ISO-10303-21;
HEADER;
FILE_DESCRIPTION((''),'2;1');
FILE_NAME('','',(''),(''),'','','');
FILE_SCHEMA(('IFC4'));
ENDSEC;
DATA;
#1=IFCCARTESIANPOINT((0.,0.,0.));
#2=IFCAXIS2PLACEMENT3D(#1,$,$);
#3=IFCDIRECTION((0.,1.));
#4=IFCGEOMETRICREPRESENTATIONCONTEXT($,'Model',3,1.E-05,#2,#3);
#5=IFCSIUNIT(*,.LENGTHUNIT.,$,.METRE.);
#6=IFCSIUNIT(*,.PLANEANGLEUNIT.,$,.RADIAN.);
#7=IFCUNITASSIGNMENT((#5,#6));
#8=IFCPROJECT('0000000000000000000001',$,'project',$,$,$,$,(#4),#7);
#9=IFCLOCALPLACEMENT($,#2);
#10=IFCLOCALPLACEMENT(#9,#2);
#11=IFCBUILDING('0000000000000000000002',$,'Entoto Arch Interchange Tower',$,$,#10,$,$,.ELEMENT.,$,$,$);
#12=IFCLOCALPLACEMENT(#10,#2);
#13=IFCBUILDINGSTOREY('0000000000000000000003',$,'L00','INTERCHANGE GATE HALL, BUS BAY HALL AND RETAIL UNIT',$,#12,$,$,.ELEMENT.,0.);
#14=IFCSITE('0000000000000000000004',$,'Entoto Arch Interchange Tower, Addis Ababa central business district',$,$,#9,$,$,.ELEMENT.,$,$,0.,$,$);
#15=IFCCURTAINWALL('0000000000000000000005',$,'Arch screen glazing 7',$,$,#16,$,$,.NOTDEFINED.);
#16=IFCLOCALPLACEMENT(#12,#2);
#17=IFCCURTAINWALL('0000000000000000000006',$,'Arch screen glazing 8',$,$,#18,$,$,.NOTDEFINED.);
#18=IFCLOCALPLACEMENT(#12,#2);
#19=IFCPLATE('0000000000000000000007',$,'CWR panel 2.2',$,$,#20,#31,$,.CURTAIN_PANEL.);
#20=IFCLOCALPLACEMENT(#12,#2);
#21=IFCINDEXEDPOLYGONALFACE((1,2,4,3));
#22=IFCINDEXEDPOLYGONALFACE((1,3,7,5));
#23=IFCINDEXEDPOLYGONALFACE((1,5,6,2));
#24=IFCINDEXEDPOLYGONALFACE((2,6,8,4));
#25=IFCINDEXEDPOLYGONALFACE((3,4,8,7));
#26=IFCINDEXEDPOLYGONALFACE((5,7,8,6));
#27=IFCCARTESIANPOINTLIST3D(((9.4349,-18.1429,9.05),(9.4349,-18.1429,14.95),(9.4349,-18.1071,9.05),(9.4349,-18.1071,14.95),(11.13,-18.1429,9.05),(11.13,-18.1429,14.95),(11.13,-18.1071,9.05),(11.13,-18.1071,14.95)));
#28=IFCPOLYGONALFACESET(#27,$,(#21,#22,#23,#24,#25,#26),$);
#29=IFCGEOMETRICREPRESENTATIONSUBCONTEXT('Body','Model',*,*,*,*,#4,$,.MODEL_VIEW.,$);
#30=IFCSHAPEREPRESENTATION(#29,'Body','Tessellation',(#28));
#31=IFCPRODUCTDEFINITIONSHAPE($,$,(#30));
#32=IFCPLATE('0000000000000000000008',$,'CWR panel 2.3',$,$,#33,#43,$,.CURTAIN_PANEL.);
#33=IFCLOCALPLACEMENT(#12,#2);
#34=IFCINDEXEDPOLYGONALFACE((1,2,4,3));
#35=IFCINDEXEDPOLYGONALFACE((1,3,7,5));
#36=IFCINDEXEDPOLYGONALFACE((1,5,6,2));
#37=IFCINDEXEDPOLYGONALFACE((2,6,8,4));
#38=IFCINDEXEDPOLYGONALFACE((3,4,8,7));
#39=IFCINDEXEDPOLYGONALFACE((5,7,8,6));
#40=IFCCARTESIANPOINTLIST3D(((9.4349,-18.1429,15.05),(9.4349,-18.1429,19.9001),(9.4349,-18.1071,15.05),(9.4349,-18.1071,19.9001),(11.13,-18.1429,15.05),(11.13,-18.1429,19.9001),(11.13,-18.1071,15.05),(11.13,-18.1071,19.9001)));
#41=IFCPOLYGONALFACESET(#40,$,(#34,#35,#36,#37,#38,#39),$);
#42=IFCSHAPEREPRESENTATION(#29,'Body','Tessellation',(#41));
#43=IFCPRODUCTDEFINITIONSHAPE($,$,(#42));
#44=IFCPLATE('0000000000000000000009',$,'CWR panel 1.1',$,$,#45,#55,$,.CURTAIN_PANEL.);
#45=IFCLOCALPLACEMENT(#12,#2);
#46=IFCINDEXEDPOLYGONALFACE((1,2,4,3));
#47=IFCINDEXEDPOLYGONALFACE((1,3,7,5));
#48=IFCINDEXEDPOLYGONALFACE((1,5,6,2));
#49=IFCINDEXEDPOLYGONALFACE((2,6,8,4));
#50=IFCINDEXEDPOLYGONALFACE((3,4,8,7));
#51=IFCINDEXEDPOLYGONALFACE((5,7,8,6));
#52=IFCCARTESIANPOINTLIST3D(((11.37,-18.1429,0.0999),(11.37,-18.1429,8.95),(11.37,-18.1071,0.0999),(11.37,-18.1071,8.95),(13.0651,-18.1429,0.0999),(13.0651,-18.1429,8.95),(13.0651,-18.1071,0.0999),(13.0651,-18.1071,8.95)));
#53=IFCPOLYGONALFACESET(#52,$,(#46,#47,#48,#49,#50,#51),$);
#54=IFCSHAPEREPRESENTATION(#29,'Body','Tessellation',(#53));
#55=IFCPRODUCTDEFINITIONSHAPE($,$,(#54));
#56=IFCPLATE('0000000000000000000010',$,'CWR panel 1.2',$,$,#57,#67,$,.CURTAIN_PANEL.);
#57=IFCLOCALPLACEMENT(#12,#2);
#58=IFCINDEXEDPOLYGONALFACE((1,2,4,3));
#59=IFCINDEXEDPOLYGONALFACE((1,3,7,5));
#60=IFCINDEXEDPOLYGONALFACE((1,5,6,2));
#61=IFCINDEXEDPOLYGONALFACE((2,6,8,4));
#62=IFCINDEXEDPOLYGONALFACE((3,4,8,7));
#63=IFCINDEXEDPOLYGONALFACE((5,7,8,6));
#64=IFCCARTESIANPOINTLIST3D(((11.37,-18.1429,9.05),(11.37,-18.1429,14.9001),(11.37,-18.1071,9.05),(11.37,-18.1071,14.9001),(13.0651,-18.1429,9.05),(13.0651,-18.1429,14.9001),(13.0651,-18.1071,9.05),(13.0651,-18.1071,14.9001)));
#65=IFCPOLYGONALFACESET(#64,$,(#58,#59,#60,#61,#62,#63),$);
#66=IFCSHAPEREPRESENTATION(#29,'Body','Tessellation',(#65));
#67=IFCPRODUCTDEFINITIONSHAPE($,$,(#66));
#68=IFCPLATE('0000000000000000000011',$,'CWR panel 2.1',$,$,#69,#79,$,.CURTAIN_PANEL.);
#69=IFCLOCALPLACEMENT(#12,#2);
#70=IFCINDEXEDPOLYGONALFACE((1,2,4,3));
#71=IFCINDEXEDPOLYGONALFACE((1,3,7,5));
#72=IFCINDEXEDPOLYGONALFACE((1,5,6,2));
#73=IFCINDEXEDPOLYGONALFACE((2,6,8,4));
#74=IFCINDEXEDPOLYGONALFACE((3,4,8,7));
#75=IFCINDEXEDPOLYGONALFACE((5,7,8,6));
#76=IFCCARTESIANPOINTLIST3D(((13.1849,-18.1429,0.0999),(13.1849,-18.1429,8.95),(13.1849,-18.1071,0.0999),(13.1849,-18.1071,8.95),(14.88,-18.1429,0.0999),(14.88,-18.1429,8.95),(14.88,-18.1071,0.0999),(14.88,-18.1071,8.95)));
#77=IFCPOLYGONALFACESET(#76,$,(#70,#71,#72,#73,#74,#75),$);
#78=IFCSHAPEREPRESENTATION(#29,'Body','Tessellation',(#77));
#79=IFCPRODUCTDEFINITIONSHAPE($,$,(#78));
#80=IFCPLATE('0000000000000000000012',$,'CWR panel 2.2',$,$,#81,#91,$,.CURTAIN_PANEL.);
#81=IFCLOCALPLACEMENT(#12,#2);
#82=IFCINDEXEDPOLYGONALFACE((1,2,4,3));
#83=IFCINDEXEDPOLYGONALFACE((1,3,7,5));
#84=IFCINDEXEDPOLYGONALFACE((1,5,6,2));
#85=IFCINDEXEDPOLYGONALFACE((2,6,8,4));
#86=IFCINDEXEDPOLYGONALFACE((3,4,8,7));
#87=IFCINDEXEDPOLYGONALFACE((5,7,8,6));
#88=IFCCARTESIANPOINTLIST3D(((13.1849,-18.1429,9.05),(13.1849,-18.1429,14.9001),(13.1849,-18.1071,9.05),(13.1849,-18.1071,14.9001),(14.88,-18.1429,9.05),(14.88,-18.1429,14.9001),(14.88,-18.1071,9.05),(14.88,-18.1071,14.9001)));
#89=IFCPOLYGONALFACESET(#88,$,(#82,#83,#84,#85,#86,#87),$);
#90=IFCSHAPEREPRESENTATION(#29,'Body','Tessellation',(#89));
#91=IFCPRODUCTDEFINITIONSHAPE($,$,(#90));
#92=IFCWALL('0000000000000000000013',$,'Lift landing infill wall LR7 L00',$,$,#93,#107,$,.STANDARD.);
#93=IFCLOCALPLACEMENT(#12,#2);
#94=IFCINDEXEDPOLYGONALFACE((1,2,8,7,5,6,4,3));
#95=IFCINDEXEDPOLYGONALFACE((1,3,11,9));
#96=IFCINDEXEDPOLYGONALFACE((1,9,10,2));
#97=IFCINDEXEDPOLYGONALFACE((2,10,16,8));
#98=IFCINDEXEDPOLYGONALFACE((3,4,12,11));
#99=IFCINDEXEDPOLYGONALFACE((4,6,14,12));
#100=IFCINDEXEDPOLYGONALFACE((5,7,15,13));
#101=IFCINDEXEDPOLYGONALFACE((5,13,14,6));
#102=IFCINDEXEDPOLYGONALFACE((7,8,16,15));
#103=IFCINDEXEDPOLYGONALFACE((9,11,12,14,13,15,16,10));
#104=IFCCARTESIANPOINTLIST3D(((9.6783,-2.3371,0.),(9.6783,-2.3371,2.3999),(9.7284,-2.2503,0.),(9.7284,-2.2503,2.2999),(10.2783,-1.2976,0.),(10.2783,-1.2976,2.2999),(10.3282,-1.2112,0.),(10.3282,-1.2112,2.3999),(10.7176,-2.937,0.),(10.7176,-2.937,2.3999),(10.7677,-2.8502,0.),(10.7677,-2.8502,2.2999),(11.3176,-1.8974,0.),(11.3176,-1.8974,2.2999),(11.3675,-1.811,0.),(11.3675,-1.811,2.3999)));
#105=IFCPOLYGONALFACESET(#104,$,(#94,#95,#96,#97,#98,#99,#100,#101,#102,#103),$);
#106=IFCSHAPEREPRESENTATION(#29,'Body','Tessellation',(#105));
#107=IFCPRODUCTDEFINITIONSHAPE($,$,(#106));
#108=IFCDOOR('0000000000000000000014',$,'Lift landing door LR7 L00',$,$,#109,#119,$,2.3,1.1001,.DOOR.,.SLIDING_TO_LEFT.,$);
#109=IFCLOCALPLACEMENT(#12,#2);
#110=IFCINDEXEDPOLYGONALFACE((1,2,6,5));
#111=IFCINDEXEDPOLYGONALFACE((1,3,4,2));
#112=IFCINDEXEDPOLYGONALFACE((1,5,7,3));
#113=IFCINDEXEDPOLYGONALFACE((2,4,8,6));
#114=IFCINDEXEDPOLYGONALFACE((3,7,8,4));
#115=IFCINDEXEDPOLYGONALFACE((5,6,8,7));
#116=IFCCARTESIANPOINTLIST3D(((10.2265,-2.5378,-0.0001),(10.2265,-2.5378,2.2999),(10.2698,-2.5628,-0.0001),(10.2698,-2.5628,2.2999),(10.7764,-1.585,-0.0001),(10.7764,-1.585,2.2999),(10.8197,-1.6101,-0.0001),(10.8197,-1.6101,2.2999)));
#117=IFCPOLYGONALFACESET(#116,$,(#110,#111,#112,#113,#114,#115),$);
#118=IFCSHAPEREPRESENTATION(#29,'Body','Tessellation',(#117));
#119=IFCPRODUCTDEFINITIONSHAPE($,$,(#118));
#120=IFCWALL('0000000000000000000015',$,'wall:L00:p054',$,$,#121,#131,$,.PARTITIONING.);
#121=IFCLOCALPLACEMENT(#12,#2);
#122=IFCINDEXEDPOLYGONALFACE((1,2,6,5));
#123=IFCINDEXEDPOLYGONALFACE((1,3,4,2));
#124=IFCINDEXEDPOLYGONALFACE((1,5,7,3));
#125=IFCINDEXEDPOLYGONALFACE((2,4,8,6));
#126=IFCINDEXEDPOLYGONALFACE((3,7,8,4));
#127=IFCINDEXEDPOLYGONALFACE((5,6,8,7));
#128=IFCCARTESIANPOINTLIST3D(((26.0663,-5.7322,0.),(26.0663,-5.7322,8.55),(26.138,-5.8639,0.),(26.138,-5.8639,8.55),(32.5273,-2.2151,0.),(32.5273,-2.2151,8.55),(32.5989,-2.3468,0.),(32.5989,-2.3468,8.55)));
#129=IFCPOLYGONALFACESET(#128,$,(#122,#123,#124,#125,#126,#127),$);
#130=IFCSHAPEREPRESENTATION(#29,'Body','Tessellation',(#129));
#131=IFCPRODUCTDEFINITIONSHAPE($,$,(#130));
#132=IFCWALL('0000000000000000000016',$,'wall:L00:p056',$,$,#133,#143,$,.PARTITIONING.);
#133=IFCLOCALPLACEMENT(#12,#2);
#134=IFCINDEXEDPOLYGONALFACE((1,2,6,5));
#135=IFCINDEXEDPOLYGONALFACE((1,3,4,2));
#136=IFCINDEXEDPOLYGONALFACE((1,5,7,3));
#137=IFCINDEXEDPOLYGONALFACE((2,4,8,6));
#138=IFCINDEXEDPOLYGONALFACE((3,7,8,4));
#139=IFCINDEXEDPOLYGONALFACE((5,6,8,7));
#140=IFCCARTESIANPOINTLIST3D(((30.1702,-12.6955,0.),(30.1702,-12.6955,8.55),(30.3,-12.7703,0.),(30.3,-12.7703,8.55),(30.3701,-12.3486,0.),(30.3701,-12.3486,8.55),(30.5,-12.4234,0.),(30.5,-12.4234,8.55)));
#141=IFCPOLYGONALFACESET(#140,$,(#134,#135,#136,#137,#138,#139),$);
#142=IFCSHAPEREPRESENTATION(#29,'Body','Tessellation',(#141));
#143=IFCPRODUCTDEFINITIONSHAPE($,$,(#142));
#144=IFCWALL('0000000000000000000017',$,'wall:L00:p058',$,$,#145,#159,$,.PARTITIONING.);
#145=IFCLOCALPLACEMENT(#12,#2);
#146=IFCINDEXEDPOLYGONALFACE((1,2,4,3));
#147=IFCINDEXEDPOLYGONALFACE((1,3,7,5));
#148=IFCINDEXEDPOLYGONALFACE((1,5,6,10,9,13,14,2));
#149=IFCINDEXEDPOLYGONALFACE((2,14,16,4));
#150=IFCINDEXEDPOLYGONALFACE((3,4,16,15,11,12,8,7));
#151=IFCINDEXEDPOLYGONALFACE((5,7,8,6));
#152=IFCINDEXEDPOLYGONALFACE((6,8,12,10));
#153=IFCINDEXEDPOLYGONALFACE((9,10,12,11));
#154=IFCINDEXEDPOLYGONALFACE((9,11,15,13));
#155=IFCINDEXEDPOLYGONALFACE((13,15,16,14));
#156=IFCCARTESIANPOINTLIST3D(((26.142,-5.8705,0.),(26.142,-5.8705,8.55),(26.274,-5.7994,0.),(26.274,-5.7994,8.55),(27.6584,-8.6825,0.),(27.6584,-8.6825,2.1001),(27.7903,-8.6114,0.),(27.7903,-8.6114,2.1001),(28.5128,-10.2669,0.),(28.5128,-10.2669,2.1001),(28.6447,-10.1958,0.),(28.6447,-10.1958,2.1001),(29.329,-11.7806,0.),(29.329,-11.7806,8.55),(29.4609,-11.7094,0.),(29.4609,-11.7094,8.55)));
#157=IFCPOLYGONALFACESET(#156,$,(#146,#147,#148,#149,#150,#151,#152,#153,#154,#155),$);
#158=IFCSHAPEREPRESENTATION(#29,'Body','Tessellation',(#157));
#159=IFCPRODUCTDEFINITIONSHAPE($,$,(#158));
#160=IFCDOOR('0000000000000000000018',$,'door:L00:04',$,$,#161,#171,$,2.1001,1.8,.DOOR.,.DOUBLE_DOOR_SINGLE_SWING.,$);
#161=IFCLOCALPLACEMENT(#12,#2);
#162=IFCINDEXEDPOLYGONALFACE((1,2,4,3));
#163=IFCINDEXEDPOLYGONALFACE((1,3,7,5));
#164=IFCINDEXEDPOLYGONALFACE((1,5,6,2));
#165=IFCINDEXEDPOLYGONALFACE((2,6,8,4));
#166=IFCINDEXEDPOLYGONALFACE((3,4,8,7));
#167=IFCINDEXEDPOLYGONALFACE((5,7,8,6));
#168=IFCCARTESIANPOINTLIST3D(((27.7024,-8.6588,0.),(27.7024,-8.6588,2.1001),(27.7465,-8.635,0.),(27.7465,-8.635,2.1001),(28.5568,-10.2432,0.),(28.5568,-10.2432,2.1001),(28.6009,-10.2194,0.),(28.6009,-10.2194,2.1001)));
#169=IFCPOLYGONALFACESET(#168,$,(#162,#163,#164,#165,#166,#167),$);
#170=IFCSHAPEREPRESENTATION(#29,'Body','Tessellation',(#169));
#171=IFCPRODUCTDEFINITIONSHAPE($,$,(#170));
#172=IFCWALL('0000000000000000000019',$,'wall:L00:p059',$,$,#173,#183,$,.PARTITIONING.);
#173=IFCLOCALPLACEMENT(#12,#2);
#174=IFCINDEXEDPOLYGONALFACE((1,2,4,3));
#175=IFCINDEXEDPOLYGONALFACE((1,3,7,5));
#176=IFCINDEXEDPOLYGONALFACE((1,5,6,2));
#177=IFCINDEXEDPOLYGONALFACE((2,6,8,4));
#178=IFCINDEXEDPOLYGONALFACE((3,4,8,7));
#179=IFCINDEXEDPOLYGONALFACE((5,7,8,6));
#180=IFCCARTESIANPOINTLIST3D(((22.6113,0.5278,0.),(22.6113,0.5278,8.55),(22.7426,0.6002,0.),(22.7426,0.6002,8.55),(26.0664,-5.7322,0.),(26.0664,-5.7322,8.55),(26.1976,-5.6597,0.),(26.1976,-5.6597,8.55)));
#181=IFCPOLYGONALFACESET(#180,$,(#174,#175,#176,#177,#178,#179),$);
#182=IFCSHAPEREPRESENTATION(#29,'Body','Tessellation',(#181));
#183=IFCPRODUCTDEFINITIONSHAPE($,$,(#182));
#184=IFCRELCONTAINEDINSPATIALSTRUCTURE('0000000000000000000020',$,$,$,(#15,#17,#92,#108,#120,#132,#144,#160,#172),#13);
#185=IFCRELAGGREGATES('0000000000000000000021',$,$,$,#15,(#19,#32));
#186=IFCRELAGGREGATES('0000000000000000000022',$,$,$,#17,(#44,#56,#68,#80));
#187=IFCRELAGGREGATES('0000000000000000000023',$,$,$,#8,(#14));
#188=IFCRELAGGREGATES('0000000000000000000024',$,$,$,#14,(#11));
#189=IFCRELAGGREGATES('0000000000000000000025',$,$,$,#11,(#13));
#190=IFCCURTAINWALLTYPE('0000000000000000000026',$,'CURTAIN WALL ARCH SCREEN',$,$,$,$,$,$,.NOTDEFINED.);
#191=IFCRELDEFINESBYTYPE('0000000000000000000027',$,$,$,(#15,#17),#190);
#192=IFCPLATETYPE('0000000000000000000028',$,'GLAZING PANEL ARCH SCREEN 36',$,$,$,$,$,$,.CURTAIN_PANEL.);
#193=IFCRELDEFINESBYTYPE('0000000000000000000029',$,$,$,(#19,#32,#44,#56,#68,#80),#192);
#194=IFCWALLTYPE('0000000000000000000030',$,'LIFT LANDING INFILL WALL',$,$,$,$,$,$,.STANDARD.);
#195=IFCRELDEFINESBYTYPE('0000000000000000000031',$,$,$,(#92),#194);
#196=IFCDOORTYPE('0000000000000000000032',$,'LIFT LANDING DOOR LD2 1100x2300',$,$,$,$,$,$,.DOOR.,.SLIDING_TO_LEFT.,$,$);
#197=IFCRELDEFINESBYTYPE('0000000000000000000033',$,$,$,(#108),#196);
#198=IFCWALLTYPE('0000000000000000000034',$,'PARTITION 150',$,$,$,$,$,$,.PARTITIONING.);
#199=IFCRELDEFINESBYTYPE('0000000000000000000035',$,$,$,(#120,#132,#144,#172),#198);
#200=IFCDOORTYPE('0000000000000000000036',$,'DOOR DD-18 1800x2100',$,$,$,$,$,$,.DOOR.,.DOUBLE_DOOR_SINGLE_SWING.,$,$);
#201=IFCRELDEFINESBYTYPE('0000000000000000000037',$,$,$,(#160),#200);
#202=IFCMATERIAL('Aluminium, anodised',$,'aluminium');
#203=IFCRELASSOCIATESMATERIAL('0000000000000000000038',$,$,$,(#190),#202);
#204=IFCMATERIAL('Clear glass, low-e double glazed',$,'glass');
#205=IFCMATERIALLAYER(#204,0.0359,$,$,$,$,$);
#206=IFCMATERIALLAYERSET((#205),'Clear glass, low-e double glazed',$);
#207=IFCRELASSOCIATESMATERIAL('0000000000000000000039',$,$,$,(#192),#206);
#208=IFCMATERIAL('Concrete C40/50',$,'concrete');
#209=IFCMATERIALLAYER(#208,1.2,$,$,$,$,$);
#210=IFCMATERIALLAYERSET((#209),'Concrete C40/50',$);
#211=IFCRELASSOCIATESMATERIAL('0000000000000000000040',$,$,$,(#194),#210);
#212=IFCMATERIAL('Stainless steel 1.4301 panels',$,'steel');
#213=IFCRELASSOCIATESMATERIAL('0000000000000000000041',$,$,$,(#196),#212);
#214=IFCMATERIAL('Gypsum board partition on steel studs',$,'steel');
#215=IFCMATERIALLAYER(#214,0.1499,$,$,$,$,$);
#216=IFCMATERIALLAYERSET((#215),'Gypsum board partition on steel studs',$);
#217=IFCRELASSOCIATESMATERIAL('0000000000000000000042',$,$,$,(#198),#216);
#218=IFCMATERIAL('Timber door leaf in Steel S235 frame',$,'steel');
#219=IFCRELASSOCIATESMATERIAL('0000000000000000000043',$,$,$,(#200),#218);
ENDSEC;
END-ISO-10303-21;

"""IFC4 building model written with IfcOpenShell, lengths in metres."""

from ifc_helpers import new_model, si_unit, direction, frame, frame_2d, origin, origin_2d, place, context, subcontext, project, spatial, rectangle, extrude, material, layer, layer_set, type_object, element, fill, aggregate, save


model = new_model("IFC4")

# Units and contexts
model_context = context("Model", 3, precision=1e-05, world=origin(), true_north=direction((0.0, 1.0)))
body_context = subcontext(model_context, "Body", "Model", "MODEL_VIEW")
ifc_project = project(units=[si_unit("LENGTHUNIT", "METRE"), si_unit("PLANEANGLEUNIT", "RADIAN")], contexts=[model_context])

# Site, building, storey
site_placement = place(None, origin())
site = spatial("IfcSite", under=ifc_project, at=site_placement, Name="Entoto Arch Interchange Tower, Addis Ababa central business district", CompositionType="ELEMENT", RefElevation=0.0)
building_placement = place(site_placement, origin())
building = spatial("IfcBuilding", under=site, at=building_placement, Name="Entoto Arch Interchange Tower", CompositionType="ELEMENT")
storey_placement = place(building_placement, origin())
storey = spatial("IfcBuildingStorey", under=building, at=storey_placement, Name="L00", Description="INTERCHANGE GATE HALL, BUS BAY HALL AND RETAIL UNIT", CompositionType="ELEMENT", Elevation=0.0)

# Curtain wall
ifc_material_1 = material(Name="Aluminium, anodised", Category="aluminium")
curtain_wall_type = type_object("IfcCurtainWallType", Name="CURTAIN WALL ARCH SCREEN", PredefinedType="NOTDEFINED", material=ifc_material_1)
curtain_wall_1_placement = place(storey_placement, origin())
curtain_wall_1 = element("IfcCurtainWall", 1, at=curtain_wall_1_placement, inside=storey, type_object=curtain_wall_type, Name="Arch screen glazing 7", PredefinedType="NOTDEFINED")

# Curtain wall
curtain_wall_2_placement = place(storey_placement, origin())
curtain_wall_2 = element("IfcCurtainWall", 2, at=curtain_wall_2_placement, inside=storey, type_object=curtain_wall_type, Name="Arch screen glazing 8", PredefinedType="NOTDEFINED")

# Plates
ifc_material_2 = material(Name="Clear glass, low-e double glazed", Category="glass")
ifc_layer_1 = layer(ifc_material_2, 0.0359)
ifc_layer_set_1 = layer_set([ifc_layer_1], Name="Clear glass, low-e double glazed")
plate_type = type_object("IfcPlateType", Name="GLAZING PANEL ARCH SCREEN 36", PredefinedType="CURTAIN_PANEL", material=ifc_layer_set_1)
plate_1_placement = place(storey_placement, frame((10.2825, -18.125, 9.05), z_axis=(0.0, 0.0, 1.0), x_axis=(1.0, 0.0, 0.0)))
plate_1 = element("IfcPlate", 3, at=plate_1_placement, type_object=plate_type, Name="CWR panel 2.2", PredefinedType="CURTAIN_PANEL", context=body_context, shape_type="SweptSolid", body=[
    extrude(rectangle(XDim=1.6951, YDim=0.0359, at=origin_2d()), origin(), (0.0, 0.0, 1.0), 5.8999),
])
plate_2_placement = place(storey_placement, frame((10.2825, -18.125, 15.05), z_axis=(0.0, 0.0, 1.0), x_axis=(1.0, 0.0, 0.0)))
plate_2 = element("IfcPlate", 4, at=plate_2_placement, type_object=plate_type, Name="CWR panel 2.3", PredefinedType="CURTAIN_PANEL", context=body_context, shape_type="SweptSolid", body=[
    extrude(rectangle(XDim=1.6951, YDim=0.0359, at=origin_2d()), origin(), (0.0, 0.0, 1.0), 4.8501),
])
aggregate(curtain_wall_1, [plate_1, plate_2])
plate_3_placement = place(storey_placement, frame((12.2175, -18.125, 0.0999), z_axis=(0.0, 0.0, 1.0), x_axis=(1.0, 0.0, 0.0)))
plate_3 = element("IfcPlate", 5, at=plate_3_placement, type_object=plate_type, Name="CWR panel 1.1", PredefinedType="CURTAIN_PANEL", context=body_context, shape_type="SweptSolid", body=[
    extrude(rectangle(XDim=1.6951, YDim=0.0359, at=origin_2d()), origin(), (0.0, 0.0, 1.0), 8.8501),
])
plate_4_placement = place(storey_placement, frame((12.2175, -18.125, 9.05), z_axis=(0.0, 0.0, 1.0), x_axis=(1.0, 0.0, 0.0)))
plate_4 = element("IfcPlate", 6, at=plate_4_placement, type_object=plate_type, Name="CWR panel 1.2", PredefinedType="CURTAIN_PANEL", context=body_context, shape_type="SweptSolid", body=[
    extrude(rectangle(XDim=1.6951, YDim=0.0359, at=origin_2d()), origin(), (0.0, 0.0, 1.0), 5.8501),
])
plate_5_placement = place(storey_placement, frame((14.0325, -18.125, 0.0999), z_axis=(0.0, 0.0, 1.0), x_axis=(1.0, 0.0, 0.0)))
plate_5 = element("IfcPlate", 7, at=plate_5_placement, type_object=plate_type, Name="CWR panel 2.1", PredefinedType="CURTAIN_PANEL", context=body_context, shape_type="SweptSolid", body=[
    extrude(rectangle(XDim=1.6951, YDim=0.0359, at=origin_2d()), origin(), (0.0, 0.0, 1.0), 8.8501),
])
plate_6_placement = place(storey_placement, frame((14.0325, -18.125, 9.05), z_axis=(0.0, 0.0, 1.0), x_axis=(1.0, 0.0, 0.0)))
plate_6 = element("IfcPlate", 8, at=plate_6_placement, type_object=plate_type, Name="CWR panel 2.2", PredefinedType="CURTAIN_PANEL", context=body_context, shape_type="SweptSolid", body=[
    extrude(rectangle(XDim=1.6951, YDim=0.0359, at=origin_2d()), origin(), (0.0, 0.0, 1.0), 5.8501),
])
aggregate(curtain_wall_2, [plate_3, plate_4, plate_5, plate_6])

# Wall, opening, door
ifc_material_3 = material(Name="Concrete C40/50", Category="concrete")
ifc_layer_2 = layer(ifc_material_3, 1.2)
ifc_layer_set_2 = layer_set([ifc_layer_2], Name="Concrete C40/50")
wall_type_1 = type_object("IfcWallType", Name="LIFT LANDING INFILL WALL", PredefinedType="STANDARD", material=ifc_layer_set_2)
wall_1_placement = place(storey_placement, frame((10.198, -2.637, 0.0), z_axis=(0.0, 0.0, 1.0), x_axis=(0.499896, 0.866086, 0.0)))
wall_1 = element("IfcWall", 9, at=wall_1_placement, inside=storey, type_object=wall_type_1, Name="Lift landing infill wall LR7 L00", PredefinedType="STANDARD", context=body_context, shape_type="SweptSolid", body=[
    extrude(rectangle(XDim=1.3, YDim=1.2, at=frame_2d((0.6499, 0.0))), origin(), (0.0, 0.0, 1.0), 2.3999),
])
opening_1_placement = place(wall_1_placement, frame((0.1001, 0.0, 0.0)))
opening_1 = element("IfcOpeningElement", 10, at=opening_1_placement, cuts=wall_1, PredefinedType="OPENING", context=body_context, shape_type="SweptSolid", body=[
    extrude(rectangle(XDim=1.1001, YDim=2.3, at=frame_2d((0.55, 1.1499))), frame((0.0, 0.6099, 0.0), z_axis=(0.0, -1.0, 0.0), x_axis=(1.0, 0.0, 0.0)), (0.0, 0.0, 1.0), 1.22),
])
ifc_material_4 = material(Name="Stainless steel 1.4301 panels", Category="steel")
door_type_1 = type_object("IfcDoorType", Name="LIFT LANDING DOOR LD2 1100x2300", OperationType="SLIDING_TO_LEFT", PredefinedType="DOOR", material=ifc_material_4)
door_1_placement = place(opening_1_placement, origin())
door_1 = element("IfcDoor", 11, at=door_1_placement, inside=storey, type_object=door_type_1, Name="Lift landing door LR7 L00", OperationType="SLIDING_TO_LEFT", OverallHeight=2.3, OverallWidth=1.1001, PredefinedType="DOOR", context=body_context, shape_type="SweptSolid", body=[
    extrude(rectangle(XDim=1.1001, YDim=2.3, at=frame_2d((0.55, 1.1499))), frame((0.0, 0.0249, 0.0), z_axis=(0.0, -1.0, 0.0), x_axis=(1.0, 0.0, 0.0)), (0.0, 0.0, 1.0), 0.05),
])
fill(opening_1, door_1)

# Walls
ifc_material_5 = material(Name="Gypsum board partition on steel studs", Category="steel")
ifc_layer_3 = layer(ifc_material_5, 0.1499)
ifc_layer_set_3 = layer_set([ifc_layer_3], Name="Gypsum board partition on steel studs")
wall_type_2 = type_object("IfcWallType", Name="PARTITION 150", PredefinedType="PARTITIONING", material=ifc_layer_set_3)
wall_2_placement = place(storey_placement, frame((26.1021, -5.7981, 0.0), z_axis=(0.0, 0.0, 1.0), x_axis=(0.878299, 0.478113, 0.0)))
element("IfcWall", 12, at=wall_2_placement, inside=storey, type_object=wall_type_2, Name="wall:L00:p054", PredefinedType="PARTITIONING", context=body_context, shape_type="SweptSolid", body=[
    extrude(rectangle(XDim=7.3562, YDim=0.1499, at=frame_2d((3.6782, 0.0))), origin(), (0.0, 0.0, 1.0), 8.55),
])
wall_3_placement = place(storey_placement, frame((30.2351, -12.7329, 0.0), z_axis=(0.0, 0.0, 1.0), x_axis=(0.499353, 0.866399, 0.0)))
element("IfcWall", 13, at=wall_3_placement, inside=storey, type_object=wall_type_2, Name="wall:L00:p056", PredefinedType="PARTITIONING", context=body_context, shape_type="SweptSolid", body=[
    extrude(rectangle(XDim=0.4004, YDim=0.1499, at=frame_2d((0.2002, 0.0))), origin(), (0.0, 0.0, 1.0), 8.55),
])

# Wall, opening, door
wall_4_placement = place(storey_placement, frame((29.395, -11.7451, 0.0), z_axis=(0.0, 0.0, 1.0), x_axis=(-0.474633, 0.880184, 0.0)))
wall_4 = element("IfcWall", 14, at=wall_4_placement, inside=storey, type_object=wall_type_2, Name="wall:L00:p058", PredefinedType="PARTITIONING", context=body_context, shape_type="SweptSolid", body=[
    extrude(rectangle(XDim=6.7146, YDim=0.1499, at=frame_2d((3.3574, 0.0))), origin(), (0.0, 0.0, 1.0), 8.55),
])
opening_2_placement = place(wall_4_placement, frame((1.72, 0.0, 0.0)))
opening_2 = element("IfcOpeningElement", 15, at=opening_2_placement, cuts=wall_4, PredefinedType="OPENING", context=body_context, shape_type="SweptSolid", body=[
    extrude(rectangle(XDim=1.8, YDim=2.1001, at=frame_2d((0.8999, 1.05))), frame((0.0, 0.085, 0.0), z_axis=(0.0, -1.0, 0.0), x_axis=(1.0, 0.0, 0.0)), (0.0, 0.0, 1.0), 0.1699),
])
ifc_material_6 = material(Name="Timber door leaf in Steel S235 frame", Category="steel")
door_type_2 = type_object("IfcDoorType", Name="DOOR DD-18 1800x2100", OperationType="DOUBLE_DOOR_SINGLE_SWING", PredefinedType="DOOR", material=ifc_material_6)
door_2_placement = place(opening_2_placement, origin())
door_2 = element("IfcDoor", 16, at=door_2_placement, inside=storey, type_object=door_type_2, Name="door:L00:04", OperationType="DOUBLE_DOOR_SINGLE_SWING", OverallHeight=2.1001, OverallWidth=1.8, PredefinedType="DOOR", context=body_context, shape_type="SweptSolid", body=[
    extrude(rectangle(XDim=1.8, YDim=2.1001, at=frame_2d((0.8999, 1.05))), frame((0.0, 0.0249, 0.0), z_axis=(0.0, -1.0, 0.0), x_axis=(1.0, 0.0, 0.0)), (0.0, 0.0, 1.0), 0.05),
])
fill(opening_2, door_2)

# Wall
wall_5_placement = place(storey_placement, frame((26.1321, -5.696, 0.0), z_axis=(0.0, 0.0, 1.0), x_axis=(-0.483215, 0.875502, 0.0)))
element("IfcWall", 17, at=wall_5_placement, inside=storey, type_object=wall_type_2, Name="wall:L00:p059", PredefinedType="PARTITIONING", context=body_context, shape_type="SweptSolid", body=[
    extrude(rectangle(XDim=7.1501, YDim=0.1499, at=frame_2d((3.5752, 0.0))), origin(), (0.0, 0.0, 1.0), 8.55),
])

save(model, "model.ifc")
